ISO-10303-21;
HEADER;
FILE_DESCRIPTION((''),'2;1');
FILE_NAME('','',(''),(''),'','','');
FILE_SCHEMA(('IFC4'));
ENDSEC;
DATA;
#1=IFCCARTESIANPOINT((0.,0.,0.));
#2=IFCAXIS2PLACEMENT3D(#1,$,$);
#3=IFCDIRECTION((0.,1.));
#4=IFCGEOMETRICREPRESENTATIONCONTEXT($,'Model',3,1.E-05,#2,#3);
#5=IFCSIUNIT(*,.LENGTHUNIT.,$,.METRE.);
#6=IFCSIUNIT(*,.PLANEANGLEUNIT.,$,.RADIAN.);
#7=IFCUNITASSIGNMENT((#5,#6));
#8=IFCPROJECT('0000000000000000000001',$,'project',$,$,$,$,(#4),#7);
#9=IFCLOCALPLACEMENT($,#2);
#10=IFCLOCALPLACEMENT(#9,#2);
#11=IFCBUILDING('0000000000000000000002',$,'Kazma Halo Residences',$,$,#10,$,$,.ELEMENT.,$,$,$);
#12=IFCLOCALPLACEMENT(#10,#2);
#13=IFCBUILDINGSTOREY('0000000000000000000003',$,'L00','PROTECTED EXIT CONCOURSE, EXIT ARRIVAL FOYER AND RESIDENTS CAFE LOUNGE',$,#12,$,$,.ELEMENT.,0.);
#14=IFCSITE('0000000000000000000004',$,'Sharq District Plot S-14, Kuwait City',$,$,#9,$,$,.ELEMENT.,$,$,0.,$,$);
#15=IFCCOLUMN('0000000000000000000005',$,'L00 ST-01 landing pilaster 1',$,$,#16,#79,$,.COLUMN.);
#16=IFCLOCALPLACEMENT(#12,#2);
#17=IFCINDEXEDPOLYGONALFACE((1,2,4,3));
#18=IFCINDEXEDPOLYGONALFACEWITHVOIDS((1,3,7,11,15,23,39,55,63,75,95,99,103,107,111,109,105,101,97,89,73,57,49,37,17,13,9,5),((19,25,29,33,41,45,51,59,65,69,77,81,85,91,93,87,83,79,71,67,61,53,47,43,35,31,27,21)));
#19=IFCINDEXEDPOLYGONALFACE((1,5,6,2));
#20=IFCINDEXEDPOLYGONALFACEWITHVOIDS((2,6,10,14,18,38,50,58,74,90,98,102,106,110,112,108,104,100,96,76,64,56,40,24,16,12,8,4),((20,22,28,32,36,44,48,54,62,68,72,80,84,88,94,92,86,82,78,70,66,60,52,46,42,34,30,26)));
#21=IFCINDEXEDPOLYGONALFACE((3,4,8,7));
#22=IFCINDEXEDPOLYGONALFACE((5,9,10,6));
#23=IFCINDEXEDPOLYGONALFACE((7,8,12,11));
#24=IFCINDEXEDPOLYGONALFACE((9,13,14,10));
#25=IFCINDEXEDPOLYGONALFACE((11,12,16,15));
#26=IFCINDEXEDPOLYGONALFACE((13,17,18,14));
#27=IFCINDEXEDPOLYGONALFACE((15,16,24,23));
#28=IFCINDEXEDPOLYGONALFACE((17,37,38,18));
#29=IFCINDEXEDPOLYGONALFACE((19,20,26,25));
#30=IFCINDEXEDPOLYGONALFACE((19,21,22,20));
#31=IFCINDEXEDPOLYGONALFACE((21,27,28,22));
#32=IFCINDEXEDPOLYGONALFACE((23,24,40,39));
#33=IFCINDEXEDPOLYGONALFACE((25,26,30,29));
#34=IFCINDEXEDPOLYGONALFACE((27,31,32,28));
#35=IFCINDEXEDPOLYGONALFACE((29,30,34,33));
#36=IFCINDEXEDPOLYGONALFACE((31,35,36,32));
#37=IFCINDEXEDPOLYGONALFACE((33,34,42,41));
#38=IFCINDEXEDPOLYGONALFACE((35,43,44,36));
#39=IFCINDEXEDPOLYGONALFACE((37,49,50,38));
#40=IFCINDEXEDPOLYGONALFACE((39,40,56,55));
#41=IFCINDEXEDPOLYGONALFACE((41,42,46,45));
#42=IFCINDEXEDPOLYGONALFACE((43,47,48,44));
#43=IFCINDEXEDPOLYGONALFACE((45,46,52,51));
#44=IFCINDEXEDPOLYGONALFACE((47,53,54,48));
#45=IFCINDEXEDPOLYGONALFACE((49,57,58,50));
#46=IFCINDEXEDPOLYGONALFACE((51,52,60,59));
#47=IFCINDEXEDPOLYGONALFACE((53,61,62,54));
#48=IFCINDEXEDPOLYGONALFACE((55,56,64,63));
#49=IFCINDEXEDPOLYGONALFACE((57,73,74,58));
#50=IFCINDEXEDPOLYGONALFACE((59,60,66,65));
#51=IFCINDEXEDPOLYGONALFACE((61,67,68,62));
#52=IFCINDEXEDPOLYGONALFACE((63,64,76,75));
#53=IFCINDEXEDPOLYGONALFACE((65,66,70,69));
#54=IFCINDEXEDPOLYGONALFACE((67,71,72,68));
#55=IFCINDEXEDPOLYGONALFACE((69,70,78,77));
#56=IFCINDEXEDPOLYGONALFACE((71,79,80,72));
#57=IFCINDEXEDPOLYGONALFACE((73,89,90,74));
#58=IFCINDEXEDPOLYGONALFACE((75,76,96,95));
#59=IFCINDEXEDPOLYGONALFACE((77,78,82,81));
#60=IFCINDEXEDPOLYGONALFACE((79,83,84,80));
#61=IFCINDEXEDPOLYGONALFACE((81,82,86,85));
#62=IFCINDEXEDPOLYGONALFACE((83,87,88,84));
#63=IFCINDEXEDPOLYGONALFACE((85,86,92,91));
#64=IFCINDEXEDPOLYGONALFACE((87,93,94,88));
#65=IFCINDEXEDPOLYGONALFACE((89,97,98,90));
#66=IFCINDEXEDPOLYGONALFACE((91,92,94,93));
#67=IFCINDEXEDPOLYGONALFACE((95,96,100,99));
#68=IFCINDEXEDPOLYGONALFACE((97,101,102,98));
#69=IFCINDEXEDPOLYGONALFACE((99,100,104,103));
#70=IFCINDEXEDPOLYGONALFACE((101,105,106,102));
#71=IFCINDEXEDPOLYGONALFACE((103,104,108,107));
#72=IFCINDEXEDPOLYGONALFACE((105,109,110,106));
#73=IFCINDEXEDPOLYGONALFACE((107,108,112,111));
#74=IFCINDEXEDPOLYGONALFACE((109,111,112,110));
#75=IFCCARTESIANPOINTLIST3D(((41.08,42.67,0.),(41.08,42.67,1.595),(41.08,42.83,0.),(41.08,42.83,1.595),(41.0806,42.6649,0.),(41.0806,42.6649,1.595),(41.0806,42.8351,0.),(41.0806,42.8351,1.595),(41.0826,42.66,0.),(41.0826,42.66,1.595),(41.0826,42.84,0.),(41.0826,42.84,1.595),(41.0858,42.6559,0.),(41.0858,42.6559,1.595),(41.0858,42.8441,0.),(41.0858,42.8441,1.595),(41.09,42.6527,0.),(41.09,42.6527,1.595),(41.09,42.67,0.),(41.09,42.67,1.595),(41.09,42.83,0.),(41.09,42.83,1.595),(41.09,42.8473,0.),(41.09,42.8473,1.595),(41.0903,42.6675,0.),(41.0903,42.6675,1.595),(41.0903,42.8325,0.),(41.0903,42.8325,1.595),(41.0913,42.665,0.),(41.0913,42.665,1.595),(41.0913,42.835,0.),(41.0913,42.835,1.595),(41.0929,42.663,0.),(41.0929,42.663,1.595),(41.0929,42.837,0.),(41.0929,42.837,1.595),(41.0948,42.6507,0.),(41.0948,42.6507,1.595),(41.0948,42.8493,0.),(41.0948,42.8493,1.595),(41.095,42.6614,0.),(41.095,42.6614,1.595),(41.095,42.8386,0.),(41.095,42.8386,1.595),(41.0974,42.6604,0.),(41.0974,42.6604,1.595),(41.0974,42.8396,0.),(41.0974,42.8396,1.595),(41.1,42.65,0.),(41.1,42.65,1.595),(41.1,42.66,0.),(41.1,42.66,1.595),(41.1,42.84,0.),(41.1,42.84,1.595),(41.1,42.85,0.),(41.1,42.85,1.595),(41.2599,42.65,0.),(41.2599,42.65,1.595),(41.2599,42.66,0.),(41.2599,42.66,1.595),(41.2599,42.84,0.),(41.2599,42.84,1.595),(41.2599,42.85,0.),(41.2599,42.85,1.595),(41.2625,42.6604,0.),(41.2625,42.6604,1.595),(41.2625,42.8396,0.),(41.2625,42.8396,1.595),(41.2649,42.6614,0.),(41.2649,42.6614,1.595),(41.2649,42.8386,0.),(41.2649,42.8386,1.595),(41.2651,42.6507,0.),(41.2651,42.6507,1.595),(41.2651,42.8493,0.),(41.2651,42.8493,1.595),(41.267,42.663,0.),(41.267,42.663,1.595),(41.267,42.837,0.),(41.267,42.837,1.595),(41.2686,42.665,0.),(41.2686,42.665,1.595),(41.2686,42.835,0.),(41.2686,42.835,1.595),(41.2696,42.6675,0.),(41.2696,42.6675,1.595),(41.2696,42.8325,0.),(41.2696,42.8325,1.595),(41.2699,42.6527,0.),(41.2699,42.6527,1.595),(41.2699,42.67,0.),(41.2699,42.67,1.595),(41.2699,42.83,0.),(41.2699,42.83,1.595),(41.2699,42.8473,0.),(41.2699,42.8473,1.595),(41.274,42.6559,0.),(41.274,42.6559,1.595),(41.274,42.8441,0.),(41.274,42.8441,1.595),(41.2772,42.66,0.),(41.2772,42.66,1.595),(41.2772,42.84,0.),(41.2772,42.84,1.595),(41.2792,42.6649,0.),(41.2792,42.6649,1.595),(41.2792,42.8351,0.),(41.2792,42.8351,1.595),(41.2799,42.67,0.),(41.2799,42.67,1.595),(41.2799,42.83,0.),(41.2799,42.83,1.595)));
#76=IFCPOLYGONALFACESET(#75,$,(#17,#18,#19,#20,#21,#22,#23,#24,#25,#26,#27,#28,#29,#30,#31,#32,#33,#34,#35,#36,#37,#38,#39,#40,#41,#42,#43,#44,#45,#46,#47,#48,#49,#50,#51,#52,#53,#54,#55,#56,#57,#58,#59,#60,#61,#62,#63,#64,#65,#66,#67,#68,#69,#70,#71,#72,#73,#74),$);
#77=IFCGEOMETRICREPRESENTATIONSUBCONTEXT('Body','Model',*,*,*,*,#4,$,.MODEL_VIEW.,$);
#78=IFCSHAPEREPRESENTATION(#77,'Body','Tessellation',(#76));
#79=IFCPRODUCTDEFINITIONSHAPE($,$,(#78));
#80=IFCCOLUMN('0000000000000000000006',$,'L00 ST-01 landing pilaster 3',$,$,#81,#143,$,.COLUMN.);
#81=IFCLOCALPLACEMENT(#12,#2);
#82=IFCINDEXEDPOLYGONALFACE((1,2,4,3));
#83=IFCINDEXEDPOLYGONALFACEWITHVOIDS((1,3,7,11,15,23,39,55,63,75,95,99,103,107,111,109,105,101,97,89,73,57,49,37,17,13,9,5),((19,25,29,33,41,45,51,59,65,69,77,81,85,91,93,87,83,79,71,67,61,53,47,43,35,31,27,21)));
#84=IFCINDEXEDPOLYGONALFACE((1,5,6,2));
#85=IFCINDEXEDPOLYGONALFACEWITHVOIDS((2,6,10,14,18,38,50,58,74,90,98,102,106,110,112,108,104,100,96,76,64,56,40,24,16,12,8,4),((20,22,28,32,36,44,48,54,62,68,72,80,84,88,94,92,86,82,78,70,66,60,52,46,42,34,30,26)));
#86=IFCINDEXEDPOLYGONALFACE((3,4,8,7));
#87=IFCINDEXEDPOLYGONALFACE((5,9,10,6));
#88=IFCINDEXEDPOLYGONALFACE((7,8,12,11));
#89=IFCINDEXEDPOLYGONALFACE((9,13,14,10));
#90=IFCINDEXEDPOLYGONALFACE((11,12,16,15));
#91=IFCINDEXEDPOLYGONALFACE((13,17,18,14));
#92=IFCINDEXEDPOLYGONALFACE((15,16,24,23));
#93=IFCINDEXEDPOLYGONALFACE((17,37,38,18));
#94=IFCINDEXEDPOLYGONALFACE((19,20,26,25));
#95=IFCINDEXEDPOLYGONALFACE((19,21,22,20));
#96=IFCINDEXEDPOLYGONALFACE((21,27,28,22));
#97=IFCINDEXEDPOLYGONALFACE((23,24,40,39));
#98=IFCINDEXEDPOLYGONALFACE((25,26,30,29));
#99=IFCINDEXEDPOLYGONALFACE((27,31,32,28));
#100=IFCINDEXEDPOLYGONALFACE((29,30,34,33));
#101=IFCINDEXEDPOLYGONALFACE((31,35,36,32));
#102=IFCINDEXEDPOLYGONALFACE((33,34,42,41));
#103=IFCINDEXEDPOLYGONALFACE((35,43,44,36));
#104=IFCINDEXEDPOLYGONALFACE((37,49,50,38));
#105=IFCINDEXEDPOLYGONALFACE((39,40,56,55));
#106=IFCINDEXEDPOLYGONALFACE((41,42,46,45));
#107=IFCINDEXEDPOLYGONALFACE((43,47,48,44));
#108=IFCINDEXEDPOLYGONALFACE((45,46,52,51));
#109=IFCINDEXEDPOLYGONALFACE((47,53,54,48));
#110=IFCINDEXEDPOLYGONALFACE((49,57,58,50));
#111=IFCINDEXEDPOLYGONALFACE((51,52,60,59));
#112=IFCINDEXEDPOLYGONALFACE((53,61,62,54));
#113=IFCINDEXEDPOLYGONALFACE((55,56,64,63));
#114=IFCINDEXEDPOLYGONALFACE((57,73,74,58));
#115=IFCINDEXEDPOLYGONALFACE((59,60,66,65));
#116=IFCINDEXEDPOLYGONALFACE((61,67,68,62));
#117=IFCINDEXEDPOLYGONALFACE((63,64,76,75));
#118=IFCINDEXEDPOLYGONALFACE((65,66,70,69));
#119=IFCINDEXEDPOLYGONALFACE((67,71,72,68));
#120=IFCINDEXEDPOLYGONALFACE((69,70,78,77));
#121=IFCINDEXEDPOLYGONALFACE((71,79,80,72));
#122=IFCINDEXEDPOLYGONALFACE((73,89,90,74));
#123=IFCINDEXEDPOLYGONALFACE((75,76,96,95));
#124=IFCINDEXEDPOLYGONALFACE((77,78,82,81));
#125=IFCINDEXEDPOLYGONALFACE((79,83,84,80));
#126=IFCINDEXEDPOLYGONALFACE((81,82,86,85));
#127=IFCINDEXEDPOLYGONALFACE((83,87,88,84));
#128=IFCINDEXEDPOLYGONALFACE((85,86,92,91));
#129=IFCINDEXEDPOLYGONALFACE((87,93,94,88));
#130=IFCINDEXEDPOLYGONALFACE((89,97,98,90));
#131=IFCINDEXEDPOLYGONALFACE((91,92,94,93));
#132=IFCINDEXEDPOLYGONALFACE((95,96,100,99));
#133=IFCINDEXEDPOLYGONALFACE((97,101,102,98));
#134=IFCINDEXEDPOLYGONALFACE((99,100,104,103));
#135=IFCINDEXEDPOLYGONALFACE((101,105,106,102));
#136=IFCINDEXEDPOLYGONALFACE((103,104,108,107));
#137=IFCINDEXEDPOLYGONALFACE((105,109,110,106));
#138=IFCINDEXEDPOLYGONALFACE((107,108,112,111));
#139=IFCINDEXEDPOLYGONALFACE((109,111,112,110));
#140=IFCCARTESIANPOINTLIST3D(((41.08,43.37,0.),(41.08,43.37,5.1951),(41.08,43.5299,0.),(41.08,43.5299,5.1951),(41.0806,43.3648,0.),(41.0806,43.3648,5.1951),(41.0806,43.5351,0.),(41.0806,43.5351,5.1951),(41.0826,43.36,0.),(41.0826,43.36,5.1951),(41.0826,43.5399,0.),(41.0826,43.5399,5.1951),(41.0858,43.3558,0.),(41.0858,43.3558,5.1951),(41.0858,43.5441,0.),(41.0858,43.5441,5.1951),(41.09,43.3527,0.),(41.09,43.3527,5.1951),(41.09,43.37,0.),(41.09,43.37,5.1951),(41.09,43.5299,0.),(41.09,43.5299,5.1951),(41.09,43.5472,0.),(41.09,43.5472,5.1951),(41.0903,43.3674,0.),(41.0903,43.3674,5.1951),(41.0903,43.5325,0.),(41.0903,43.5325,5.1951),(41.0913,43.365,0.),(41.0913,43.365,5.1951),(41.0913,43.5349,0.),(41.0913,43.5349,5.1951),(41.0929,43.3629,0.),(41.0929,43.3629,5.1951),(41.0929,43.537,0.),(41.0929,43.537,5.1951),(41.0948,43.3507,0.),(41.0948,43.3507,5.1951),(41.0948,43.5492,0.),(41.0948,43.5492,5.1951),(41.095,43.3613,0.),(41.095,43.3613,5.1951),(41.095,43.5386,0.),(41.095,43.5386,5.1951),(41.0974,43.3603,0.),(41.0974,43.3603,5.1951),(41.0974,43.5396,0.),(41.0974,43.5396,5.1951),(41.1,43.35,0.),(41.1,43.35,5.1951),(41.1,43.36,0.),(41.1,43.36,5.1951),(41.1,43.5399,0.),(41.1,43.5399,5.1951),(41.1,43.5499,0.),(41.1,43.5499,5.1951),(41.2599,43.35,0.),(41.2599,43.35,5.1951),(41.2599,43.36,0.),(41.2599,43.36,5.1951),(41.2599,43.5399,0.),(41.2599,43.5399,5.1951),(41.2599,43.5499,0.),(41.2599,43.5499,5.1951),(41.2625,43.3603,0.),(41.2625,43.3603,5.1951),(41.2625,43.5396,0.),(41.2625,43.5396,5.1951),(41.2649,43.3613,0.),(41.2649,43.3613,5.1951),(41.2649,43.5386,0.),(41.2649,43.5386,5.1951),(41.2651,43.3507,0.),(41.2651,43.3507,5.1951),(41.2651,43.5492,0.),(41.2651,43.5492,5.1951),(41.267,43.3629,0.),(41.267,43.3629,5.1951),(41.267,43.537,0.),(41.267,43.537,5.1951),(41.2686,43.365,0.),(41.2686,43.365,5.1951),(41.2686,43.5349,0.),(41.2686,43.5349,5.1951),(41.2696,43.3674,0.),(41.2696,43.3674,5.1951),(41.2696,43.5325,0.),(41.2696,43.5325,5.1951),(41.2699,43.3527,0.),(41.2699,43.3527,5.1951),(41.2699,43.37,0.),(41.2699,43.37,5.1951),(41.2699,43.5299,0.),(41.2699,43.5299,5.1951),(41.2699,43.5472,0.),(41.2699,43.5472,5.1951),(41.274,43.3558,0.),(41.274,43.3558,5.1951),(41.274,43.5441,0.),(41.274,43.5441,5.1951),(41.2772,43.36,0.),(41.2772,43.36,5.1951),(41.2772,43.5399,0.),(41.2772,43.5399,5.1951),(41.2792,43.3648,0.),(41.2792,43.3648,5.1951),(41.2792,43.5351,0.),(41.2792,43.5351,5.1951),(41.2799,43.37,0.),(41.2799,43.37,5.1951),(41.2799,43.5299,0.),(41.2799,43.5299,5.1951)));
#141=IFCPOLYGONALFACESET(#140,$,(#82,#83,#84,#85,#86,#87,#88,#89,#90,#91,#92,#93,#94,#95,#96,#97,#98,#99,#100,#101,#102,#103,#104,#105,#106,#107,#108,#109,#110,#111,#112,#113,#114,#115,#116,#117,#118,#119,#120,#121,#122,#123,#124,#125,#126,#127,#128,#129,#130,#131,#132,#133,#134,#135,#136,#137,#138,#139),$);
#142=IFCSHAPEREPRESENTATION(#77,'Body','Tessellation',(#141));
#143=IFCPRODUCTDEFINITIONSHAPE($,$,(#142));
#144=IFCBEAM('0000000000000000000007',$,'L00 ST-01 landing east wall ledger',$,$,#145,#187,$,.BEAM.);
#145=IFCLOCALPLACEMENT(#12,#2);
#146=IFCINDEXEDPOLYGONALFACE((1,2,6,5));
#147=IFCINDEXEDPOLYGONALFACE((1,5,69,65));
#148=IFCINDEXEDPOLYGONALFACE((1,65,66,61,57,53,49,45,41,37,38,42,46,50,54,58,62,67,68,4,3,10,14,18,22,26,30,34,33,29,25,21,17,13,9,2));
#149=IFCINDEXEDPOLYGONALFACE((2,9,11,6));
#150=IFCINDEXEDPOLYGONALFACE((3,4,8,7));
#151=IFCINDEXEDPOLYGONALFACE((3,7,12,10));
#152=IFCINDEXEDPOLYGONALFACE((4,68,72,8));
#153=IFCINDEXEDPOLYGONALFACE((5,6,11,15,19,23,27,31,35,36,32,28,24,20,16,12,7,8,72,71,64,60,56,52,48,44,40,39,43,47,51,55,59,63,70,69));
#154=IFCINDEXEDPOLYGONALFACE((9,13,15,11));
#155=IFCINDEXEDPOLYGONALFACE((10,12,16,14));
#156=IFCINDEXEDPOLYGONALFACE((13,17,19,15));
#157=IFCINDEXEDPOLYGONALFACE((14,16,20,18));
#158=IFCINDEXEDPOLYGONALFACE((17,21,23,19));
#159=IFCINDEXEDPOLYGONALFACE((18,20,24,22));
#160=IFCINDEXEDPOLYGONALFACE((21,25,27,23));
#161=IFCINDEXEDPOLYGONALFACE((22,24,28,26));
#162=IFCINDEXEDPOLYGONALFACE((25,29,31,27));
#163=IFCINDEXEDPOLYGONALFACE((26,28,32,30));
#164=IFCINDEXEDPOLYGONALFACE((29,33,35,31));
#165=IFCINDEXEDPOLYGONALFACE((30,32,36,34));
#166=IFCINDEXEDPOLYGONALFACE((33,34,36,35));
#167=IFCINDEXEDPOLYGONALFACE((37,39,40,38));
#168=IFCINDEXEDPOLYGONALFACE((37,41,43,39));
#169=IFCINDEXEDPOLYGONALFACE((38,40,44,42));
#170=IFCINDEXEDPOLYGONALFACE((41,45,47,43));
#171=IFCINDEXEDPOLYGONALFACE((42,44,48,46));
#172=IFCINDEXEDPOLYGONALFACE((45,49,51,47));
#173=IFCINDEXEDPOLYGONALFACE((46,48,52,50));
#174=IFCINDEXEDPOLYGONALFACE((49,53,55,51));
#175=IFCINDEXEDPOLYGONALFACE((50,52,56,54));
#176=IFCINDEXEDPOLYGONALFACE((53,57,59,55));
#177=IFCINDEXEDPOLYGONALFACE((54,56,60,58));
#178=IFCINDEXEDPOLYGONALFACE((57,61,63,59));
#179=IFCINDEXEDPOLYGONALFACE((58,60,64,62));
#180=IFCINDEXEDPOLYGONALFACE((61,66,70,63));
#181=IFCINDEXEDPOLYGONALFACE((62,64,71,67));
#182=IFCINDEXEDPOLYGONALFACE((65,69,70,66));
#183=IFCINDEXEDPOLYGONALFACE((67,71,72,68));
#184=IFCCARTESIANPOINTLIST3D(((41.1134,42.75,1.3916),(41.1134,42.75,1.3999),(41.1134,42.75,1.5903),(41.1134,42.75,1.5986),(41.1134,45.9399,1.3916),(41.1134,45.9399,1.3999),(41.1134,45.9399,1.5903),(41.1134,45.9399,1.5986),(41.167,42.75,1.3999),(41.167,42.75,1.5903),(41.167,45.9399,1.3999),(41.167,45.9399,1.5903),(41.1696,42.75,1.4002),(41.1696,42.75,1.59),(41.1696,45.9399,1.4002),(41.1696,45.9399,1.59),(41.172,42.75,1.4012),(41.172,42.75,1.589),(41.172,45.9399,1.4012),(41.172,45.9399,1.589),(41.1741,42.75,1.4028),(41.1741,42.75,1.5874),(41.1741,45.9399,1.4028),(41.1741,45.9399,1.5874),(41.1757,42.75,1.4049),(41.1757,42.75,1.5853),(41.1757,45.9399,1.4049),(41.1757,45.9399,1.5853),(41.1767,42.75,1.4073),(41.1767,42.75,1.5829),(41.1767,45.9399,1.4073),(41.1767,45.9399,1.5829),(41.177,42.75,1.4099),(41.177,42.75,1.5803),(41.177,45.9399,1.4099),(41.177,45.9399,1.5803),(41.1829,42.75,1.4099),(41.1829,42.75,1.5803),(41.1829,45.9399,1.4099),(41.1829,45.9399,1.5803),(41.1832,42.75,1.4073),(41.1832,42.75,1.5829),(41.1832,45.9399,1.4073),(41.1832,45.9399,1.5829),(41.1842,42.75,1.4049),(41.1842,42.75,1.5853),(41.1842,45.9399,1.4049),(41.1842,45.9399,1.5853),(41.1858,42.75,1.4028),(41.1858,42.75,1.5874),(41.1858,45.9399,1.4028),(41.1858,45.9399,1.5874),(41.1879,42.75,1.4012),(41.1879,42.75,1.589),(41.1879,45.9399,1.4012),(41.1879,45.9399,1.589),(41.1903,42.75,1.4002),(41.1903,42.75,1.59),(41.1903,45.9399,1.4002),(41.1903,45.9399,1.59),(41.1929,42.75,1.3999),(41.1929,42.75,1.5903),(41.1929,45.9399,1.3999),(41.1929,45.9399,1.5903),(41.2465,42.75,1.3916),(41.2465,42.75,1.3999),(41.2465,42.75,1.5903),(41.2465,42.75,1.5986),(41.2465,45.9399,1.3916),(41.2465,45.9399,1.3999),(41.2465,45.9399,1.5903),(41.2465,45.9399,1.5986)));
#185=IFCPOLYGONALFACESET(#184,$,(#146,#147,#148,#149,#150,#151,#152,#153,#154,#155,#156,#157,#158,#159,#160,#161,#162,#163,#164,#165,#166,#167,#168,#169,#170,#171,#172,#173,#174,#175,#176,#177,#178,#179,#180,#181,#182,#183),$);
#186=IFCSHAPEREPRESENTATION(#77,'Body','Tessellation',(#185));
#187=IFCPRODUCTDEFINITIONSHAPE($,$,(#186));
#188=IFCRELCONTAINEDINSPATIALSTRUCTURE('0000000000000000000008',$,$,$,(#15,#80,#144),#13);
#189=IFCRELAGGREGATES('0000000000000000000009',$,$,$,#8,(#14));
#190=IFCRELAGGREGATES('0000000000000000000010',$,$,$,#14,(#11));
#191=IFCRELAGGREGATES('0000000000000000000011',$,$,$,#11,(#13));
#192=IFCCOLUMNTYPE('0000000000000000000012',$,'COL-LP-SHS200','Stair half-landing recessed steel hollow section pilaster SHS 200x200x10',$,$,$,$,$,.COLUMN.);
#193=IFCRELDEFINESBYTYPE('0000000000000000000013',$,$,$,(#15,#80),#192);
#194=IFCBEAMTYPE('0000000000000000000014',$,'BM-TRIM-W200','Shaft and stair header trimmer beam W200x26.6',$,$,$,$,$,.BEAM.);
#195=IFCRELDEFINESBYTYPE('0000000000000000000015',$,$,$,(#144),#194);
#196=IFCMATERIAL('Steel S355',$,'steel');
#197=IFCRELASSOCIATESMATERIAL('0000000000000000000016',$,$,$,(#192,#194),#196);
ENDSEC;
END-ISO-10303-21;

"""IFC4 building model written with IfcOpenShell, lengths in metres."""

from ifc_helpers import new_model, si_unit, direction, frame, origin, origin_2d, place, context, subcontext, project, spatial, hollow_rectangle, i_section, extrude, material, material_profile, profile_set, type_object, element, save


model = new_model("IFC4")

# Units and contexts
model_context = context("Model", 3, precision=1e-05, world=origin(), true_north=direction((0.0, 1.0)))
body_context = subcontext(model_context, "Body", "Model", "MODEL_VIEW")
ifc_project = project(units=[si_unit("LENGTHUNIT", "METRE"), si_unit("PLANEANGLEUNIT", "RADIAN")], contexts=[model_context])

# Site, building, storey
site_placement = place(None, origin())
site = spatial("IfcSite", under=ifc_project, at=site_placement, Name="Sharq District Plot S-14, Kuwait City", CompositionType="ELEMENT", RefElevation=0.0)
building_placement = place(site_placement, origin())
building = spatial("IfcBuilding", under=site, at=building_placement, Name="Kazma Halo Residences", CompositionType="ELEMENT")
storey_placement = place(building_placement, origin())
storey = spatial("IfcBuildingStorey", under=building, at=storey_placement, Name="L00", Description="PROTECTED EXIT CONCOURSE, EXIT ARRIVAL FOYER AND RESIDENTS CAFE LOUNGE", CompositionType="ELEMENT", Elevation=0.0)

# Columns
ifc_material_1 = material(Name="Steel S355", Category="steel")
ifc_material_profile_1 = material_profile(ifc_material_1, hollow_rectangle(XDim=0.2, YDim=0.2, WallThickness=0.01, InnerFilletRadius=0.01, OuterFilletRadius=0.02, at=origin_2d()), Name="SHS200x200x10")
ifc_profile_set_1 = profile_set([ifc_material_profile_1], Name="Steel S355")
column_type = type_object("IfcColumnType", Name="COL-LP-SHS200", Description="Stair half-landing recessed steel hollow section pilaster SHS 200x200x10", PredefinedType="COLUMN", material=ifc_profile_set_1)
column_1_placement = place(storey_placement, frame((41.1799, 42.75, 0.0), z_axis=(0.0, 0.0, 1.0), x_axis=(1.0, 0.0, 0.0)))
element("IfcColumn", 1, at=column_1_placement, inside=storey, type_object=column_type, Name="L00 ST-01 landing pilaster 1", PredefinedType="COLUMN", context=body_context, shape_type="SweptSolid", body=[
    extrude(hollow_rectangle(XDim=0.2, YDim=0.2, WallThickness=0.01, InnerFilletRadius=0.01, OuterFilletRadius=0.02, at=origin_2d()), origin(), (0.0, 0.0, 1.0), 1.595),
])
column_2_placement = place(storey_placement, frame((41.1799, 43.45, 0.0), z_axis=(0.0, 0.0, 1.0), x_axis=(1.0, 0.0, 0.0)))
element("IfcColumn", 2, at=column_2_placement, inside=storey, type_object=column_type, Name="L00 ST-01 landing pilaster 3", PredefinedType="COLUMN", context=body_context, shape_type="SweptSolid", body=[
    extrude(hollow_rectangle(XDim=0.2, YDim=0.2, WallThickness=0.01, InnerFilletRadius=0.01, OuterFilletRadius=0.02, at=origin_2d()), origin(), (0.0, 0.0, 1.0), 5.1951),
])

# Beam
ifc_material_profile_2 = material_profile(ifc_material_1, i_section(OverallWidth=0.1331, OverallDepth=0.207, WebThickness=0.0059, FlangeThickness=0.0083, FilletRadius=0.01, at=origin_2d()), Name="W200x26.6")
ifc_profile_set_2 = profile_set([ifc_material_profile_2], Name="Steel S355")
beam_type = type_object("IfcBeamType", Name="BM-TRIM-W200", Description="Shaft and stair header trimmer beam W200x26.6", PredefinedType="BEAM", material=ifc_profile_set_2)
beam_1_placement = place(storey_placement, frame((41.1799, 42.75, 1.4951), z_axis=(0.0, 1.0, 0.0), x_axis=(-1.0, 0.0, 0.0)))
element("IfcBeam", 3, at=beam_1_placement, inside=storey, type_object=beam_type, Name="L00 ST-01 landing east wall ledger", PredefinedType="BEAM", context=body_context, shape_type="SweptSolid", body=[
    extrude(i_section(OverallWidth=0.1331, OverallDepth=0.207, WebThickness=0.0059, FlangeThickness=0.0083, FilletRadius=0.01, at=origin_2d()), origin(), (0.0, 0.0, 1.0), 3.1899),
])

save(model, "model.ifc")
